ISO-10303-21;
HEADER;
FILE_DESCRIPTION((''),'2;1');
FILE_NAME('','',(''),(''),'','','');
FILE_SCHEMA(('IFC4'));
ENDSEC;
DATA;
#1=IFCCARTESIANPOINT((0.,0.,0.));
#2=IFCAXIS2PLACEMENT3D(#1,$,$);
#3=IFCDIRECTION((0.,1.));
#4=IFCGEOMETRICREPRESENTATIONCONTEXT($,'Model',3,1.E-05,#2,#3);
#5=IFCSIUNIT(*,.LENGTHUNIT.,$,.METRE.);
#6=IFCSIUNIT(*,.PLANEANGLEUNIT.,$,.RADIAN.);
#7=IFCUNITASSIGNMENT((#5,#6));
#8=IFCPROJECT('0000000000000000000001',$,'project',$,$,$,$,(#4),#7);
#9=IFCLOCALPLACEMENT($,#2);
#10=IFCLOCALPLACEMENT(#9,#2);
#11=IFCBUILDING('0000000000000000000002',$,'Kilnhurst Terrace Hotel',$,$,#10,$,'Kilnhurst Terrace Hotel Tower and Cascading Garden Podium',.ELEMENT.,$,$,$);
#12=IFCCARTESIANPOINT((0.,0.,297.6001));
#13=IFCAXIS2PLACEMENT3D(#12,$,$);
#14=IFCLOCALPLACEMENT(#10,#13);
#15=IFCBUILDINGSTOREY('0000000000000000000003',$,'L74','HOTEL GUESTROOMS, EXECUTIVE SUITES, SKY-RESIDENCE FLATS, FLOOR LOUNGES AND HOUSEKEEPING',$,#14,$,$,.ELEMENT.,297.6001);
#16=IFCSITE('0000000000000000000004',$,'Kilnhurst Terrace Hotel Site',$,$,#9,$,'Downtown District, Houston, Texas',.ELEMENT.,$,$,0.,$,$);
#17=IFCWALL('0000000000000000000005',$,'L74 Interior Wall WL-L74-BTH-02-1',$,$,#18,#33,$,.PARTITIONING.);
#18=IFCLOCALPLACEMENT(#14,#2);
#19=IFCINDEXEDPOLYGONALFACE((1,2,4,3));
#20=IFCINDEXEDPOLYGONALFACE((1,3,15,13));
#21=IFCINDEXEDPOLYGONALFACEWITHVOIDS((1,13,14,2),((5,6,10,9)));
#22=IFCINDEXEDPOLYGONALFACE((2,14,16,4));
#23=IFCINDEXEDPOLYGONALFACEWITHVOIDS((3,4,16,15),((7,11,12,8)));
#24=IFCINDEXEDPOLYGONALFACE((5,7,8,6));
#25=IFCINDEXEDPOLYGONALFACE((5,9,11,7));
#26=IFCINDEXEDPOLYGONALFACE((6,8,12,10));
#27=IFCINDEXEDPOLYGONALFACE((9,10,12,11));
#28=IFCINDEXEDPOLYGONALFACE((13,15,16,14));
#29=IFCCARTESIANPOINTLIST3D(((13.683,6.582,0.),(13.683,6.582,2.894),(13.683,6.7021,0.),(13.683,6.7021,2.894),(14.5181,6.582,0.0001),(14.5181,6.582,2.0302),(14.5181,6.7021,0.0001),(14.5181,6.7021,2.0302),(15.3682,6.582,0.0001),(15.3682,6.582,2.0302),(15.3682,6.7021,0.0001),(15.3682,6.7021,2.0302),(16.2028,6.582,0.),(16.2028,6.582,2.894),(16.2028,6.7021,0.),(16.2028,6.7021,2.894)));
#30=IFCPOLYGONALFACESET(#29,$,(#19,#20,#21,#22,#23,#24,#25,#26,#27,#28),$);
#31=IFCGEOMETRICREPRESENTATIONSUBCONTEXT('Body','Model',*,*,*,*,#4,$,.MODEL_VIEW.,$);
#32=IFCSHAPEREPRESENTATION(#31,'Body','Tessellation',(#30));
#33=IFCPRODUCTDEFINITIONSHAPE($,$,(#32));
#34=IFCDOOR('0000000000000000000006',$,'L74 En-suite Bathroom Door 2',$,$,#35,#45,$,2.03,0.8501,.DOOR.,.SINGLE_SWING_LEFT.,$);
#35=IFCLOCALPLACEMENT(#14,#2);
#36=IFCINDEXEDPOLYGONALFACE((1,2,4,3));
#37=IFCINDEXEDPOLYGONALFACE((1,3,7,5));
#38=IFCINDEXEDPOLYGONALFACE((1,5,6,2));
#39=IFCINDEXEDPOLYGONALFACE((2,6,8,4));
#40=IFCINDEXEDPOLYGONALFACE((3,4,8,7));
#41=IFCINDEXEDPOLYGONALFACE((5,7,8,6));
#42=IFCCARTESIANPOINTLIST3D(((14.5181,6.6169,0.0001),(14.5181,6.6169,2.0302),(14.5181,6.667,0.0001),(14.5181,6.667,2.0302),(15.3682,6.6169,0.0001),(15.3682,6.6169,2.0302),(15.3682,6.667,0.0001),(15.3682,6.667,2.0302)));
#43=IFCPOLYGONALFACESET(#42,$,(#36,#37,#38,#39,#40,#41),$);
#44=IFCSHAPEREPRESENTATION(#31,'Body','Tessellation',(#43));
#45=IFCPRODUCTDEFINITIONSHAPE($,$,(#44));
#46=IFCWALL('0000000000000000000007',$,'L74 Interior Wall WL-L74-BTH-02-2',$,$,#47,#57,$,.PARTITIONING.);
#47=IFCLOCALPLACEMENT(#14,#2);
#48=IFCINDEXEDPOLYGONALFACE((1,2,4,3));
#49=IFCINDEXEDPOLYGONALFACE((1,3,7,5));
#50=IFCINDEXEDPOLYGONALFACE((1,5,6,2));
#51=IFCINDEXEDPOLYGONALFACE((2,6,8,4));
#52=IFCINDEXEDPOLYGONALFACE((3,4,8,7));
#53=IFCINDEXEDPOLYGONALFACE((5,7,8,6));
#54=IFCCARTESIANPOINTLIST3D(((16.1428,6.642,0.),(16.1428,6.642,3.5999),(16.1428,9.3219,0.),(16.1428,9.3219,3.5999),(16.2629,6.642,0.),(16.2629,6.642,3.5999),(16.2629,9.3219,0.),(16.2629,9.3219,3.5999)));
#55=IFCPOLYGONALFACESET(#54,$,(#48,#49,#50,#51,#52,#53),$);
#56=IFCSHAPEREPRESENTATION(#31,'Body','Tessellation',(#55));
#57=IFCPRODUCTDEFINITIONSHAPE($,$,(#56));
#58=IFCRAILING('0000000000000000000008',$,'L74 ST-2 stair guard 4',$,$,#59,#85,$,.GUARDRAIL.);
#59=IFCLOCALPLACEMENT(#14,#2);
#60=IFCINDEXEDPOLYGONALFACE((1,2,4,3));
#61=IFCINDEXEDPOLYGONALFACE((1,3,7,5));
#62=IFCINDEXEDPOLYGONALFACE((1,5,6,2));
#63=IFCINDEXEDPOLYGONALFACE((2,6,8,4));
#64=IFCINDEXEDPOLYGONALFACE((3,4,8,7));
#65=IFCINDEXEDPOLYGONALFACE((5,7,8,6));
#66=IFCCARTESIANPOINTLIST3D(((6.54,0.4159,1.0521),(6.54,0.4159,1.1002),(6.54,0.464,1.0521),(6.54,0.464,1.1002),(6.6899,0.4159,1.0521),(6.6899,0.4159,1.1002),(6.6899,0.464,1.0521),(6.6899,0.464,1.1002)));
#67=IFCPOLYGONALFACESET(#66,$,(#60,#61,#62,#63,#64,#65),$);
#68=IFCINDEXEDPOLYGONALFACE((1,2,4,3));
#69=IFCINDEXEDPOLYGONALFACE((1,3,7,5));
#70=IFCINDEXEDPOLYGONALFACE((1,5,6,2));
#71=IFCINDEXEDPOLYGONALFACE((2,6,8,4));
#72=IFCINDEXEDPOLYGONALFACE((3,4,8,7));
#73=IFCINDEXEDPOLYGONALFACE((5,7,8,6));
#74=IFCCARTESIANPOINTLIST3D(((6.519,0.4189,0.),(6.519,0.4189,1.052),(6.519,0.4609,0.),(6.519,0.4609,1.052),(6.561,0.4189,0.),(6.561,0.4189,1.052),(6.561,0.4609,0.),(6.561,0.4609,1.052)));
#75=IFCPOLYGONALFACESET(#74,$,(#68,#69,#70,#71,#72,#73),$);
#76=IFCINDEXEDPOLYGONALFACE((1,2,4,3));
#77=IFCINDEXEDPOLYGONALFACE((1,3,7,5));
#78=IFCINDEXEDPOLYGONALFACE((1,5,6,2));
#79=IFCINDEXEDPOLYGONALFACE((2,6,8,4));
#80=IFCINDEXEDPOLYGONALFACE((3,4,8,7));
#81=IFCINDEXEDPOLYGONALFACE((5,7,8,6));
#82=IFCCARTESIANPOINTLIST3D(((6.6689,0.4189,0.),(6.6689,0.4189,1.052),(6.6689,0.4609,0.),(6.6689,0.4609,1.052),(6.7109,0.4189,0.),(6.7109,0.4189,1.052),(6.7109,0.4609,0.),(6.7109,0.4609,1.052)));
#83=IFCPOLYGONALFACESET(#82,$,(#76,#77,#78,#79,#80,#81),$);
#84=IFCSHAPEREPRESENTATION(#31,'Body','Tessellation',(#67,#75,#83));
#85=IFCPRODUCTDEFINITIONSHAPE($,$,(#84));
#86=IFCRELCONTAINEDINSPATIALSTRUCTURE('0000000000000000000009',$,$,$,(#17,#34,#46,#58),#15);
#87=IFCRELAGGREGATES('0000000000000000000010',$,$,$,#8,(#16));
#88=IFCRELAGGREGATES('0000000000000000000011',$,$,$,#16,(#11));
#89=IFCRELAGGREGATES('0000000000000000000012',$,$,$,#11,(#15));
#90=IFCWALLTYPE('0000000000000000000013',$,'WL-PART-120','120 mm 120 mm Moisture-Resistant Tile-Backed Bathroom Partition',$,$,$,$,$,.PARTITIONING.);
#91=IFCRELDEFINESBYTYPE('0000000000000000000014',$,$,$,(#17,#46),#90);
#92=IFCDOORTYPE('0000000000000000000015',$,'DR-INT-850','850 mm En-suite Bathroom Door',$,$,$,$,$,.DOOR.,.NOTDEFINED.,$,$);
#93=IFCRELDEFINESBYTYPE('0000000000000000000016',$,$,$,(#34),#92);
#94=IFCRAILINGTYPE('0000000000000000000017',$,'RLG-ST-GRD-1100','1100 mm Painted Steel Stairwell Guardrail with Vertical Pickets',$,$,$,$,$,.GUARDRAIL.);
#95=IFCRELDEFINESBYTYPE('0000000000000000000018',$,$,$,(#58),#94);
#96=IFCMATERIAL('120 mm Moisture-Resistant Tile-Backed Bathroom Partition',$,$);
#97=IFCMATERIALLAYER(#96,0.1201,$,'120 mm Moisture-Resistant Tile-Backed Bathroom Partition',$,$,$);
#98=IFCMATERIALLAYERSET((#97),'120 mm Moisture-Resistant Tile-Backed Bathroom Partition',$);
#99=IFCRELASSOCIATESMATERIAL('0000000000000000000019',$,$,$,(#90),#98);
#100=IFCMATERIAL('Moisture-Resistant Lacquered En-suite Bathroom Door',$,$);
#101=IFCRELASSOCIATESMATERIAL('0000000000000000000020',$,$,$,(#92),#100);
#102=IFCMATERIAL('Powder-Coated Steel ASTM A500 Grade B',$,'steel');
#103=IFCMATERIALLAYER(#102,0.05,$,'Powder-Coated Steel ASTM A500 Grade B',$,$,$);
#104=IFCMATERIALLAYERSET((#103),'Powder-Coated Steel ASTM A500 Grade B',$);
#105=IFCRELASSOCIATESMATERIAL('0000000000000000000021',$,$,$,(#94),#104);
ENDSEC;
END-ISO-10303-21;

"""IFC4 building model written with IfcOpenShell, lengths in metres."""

from ifc_helpers import new_model, si_unit, direction, frame, frame_2d, origin, origin_2d, place, context, subcontext, project, spatial, rectangle, extrude, material, layer, layer_set, type_object, element, fill, save


model = new_model("IFC4")

# Units and contexts
model_context = context("Model", 3, precision=1e-05, world=origin(), true_north=direction((0.0, 1.0)))
body_context = subcontext(model_context, "Body", "Model", "MODEL_VIEW")
ifc_project = project(units=[si_unit("LENGTHUNIT", "METRE"), si_unit("PLANEANGLEUNIT", "RADIAN")], contexts=[model_context])

# Site, building, storey
site_placement = place(None, origin())
site = spatial("IfcSite", under=ifc_project, at=site_placement, Name="Kilnhurst Terrace Hotel Site", LongName="Downtown District, Houston, Texas", CompositionType="ELEMENT", RefElevation=0.0)
building_placement = place(site_placement, origin())
building = spatial("IfcBuilding", under=site, at=building_placement, Name="Kilnhurst Terrace Hotel", LongName="Kilnhurst Terrace Hotel Tower and Cascading Garden Podium", CompositionType="ELEMENT")
storey_placement = place(building_placement, frame((0.0, 0.0, 297.6001)))
storey = spatial("IfcBuildingStorey", under=building, at=storey_placement, Name="L74", Description="HOTEL GUESTROOMS, EXECUTIVE SUITES, SKY-RESIDENCE FLATS, FLOOR LOUNGES AND HOUSEKEEPING", CompositionType="ELEMENT", Elevation=297.6001)

# Shared definitions
ifc_material_1 = material(Name="120 mm Moisture-Resistant Tile-Backed Bathroom Partition")
ifc_layer_1 = layer(ifc_material_1, 0.1201, Name="120 mm Moisture-Resistant Tile-Backed Bathroom Partition")
ifc_layer_set_1 = layer_set([ifc_layer_1], Name="120 mm Moisture-Resistant Tile-Backed Bathroom Partition")
wall_type_1 = type_object("IfcWallType", Name="WL-PART-120", Description="120 mm 120 mm Moisture-Resistant Tile-Backed Bathroom Partition", PredefinedType="PARTITIONING", material=ifc_layer_set_1)
ifc_material_2 = material(Name="Moisture-Resistant Lacquered En-suite Bathroom Door")
door_type = type_object("IfcDoorType", Name="DR-INT-850", Description="850 mm En-suite Bathroom Door", OperationType="NOTDEFINED", PredefinedType="DOOR", material=ifc_material_2)

# Wall, opening, door
wall_1_placement = place(storey_placement, frame((13.6831, 6.6421, 0.0), z_axis=(0.0, 0.0, 1.0), x_axis=(1.0, 0.0, 0.0)))
wall_1 = element("IfcWall", 1, at=wall_1_placement, inside=storey, type_object=wall_type_1, Name="L74 Interior Wall WL-L74-BTH-02-1", PredefinedType="PARTITIONING", context=body_context, shape_type="SweptSolid", body=[
    extrude(rectangle(XDim=2.5198, YDim=0.1201, at=frame_2d((1.2598, 0.0))), origin(), (0.0, 0.0, 1.0), 2.894),
])
opening_1_placement = place(wall_1_placement, frame((0.835, 0.0, 0.0)))
opening_1 = element("IfcOpeningElement", 2, at=opening_1_placement, cuts=wall_1, PredefinedType="OPENING", context=body_context, shape_type="SweptSolid", body=[
    extrude(rectangle(XDim=0.8501, YDim=2.03, at=frame_2d((0.425, 1.0151))), frame((0.0, 0.0701, 0.0), z_axis=(0.0, -1.0, 0.0), x_axis=(1.0, 0.0, 0.0)), (0.0, 0.0, 1.0), 0.1401),
])
door_1_placement = place(opening_1_placement, origin())
door_1 = element("IfcDoor", 3, at=door_1_placement, inside=storey, type_object=door_type, Name="L74 En-suite Bathroom Door 2", OperationType="SINGLE_SWING_LEFT", OverallHeight=2.03, OverallWidth=0.8501, PredefinedType="DOOR", context=body_context, shape_type="SweptSolid", body=[
    extrude(rectangle(XDim=0.8501, YDim=2.03, at=frame_2d((0.425, 1.0151))), frame((0.0, 0.0249, 0.0), z_axis=(0.0, -1.0, 0.0), x_axis=(1.0, 0.0, 0.0)), (0.0, 0.0, 1.0), 0.05),
])
fill(opening_1, door_1)

# Wall
wall_2_placement = place(storey_placement, frame((16.2029, 6.6421, 0.0), z_axis=(0.0, 0.0, 1.0), x_axis=(0.0, 1.0, 0.0)))
element("IfcWall", 4, at=wall_2_placement, inside=storey, type_object=wall_type_1, Name="L74 Interior Wall WL-L74-BTH-02-2", PredefinedType="PARTITIONING", context=body_context, shape_type="SweptSolid", body=[
    extrude(rectangle(XDim=2.6799, YDim=0.1201, at=frame_2d((1.3398, 0.0))), origin(), (0.0, 0.0, 1.0), 3.5999),
])

# Railing
ifc_material_3 = material(Name="Powder-Coated Steel ASTM A500 Grade B", Category="steel")
ifc_layer_2 = layer(ifc_material_3, 0.05, Name="Powder-Coated Steel ASTM A500 Grade B")
ifc_layer_set_2 = layer_set([ifc_layer_2], Name="Powder-Coated Steel ASTM A500 Grade B")
railing_type = type_object("IfcRailingType", Name="RLG-ST-GRD-1100", Description="1100 mm Painted Steel Stairwell Guardrail with Vertical Pickets", PredefinedType="GUARDRAIL", material=ifc_layer_set_2)
railing_placement = place(storey_placement, frame((6.54, 0.4399, 0.0)))
element("IfcRailing", 5, at=railing_placement, inside=storey, type_object=railing_type, Name="L74 ST-2 stair guard 4", PredefinedType="GUARDRAIL", context=body_context, shape_type="SweptSolid", body=[
    extrude(rectangle(XDim=0.0481, YDim=0.0481, at=origin_2d()), frame((0.0, 0.0, 1.0762), z_axis=(1.0, 0.0, 0.0), x_axis=(0.0, 1.0, 0.0)), (0.0, 0.0, 1.0), 0.1499),
    extrude(rectangle(XDim=0.042, YDim=0.042, at=origin_2d()), origin(), (0.0, 0.0, 1.0), 1.052),
    extrude(rectangle(XDim=0.042, YDim=0.042, at=origin_2d()), frame((0.1499, 0.0, 0.0)), (0.0, 0.0, 1.0), 1.052),
])

save(model, "model.ifc")
